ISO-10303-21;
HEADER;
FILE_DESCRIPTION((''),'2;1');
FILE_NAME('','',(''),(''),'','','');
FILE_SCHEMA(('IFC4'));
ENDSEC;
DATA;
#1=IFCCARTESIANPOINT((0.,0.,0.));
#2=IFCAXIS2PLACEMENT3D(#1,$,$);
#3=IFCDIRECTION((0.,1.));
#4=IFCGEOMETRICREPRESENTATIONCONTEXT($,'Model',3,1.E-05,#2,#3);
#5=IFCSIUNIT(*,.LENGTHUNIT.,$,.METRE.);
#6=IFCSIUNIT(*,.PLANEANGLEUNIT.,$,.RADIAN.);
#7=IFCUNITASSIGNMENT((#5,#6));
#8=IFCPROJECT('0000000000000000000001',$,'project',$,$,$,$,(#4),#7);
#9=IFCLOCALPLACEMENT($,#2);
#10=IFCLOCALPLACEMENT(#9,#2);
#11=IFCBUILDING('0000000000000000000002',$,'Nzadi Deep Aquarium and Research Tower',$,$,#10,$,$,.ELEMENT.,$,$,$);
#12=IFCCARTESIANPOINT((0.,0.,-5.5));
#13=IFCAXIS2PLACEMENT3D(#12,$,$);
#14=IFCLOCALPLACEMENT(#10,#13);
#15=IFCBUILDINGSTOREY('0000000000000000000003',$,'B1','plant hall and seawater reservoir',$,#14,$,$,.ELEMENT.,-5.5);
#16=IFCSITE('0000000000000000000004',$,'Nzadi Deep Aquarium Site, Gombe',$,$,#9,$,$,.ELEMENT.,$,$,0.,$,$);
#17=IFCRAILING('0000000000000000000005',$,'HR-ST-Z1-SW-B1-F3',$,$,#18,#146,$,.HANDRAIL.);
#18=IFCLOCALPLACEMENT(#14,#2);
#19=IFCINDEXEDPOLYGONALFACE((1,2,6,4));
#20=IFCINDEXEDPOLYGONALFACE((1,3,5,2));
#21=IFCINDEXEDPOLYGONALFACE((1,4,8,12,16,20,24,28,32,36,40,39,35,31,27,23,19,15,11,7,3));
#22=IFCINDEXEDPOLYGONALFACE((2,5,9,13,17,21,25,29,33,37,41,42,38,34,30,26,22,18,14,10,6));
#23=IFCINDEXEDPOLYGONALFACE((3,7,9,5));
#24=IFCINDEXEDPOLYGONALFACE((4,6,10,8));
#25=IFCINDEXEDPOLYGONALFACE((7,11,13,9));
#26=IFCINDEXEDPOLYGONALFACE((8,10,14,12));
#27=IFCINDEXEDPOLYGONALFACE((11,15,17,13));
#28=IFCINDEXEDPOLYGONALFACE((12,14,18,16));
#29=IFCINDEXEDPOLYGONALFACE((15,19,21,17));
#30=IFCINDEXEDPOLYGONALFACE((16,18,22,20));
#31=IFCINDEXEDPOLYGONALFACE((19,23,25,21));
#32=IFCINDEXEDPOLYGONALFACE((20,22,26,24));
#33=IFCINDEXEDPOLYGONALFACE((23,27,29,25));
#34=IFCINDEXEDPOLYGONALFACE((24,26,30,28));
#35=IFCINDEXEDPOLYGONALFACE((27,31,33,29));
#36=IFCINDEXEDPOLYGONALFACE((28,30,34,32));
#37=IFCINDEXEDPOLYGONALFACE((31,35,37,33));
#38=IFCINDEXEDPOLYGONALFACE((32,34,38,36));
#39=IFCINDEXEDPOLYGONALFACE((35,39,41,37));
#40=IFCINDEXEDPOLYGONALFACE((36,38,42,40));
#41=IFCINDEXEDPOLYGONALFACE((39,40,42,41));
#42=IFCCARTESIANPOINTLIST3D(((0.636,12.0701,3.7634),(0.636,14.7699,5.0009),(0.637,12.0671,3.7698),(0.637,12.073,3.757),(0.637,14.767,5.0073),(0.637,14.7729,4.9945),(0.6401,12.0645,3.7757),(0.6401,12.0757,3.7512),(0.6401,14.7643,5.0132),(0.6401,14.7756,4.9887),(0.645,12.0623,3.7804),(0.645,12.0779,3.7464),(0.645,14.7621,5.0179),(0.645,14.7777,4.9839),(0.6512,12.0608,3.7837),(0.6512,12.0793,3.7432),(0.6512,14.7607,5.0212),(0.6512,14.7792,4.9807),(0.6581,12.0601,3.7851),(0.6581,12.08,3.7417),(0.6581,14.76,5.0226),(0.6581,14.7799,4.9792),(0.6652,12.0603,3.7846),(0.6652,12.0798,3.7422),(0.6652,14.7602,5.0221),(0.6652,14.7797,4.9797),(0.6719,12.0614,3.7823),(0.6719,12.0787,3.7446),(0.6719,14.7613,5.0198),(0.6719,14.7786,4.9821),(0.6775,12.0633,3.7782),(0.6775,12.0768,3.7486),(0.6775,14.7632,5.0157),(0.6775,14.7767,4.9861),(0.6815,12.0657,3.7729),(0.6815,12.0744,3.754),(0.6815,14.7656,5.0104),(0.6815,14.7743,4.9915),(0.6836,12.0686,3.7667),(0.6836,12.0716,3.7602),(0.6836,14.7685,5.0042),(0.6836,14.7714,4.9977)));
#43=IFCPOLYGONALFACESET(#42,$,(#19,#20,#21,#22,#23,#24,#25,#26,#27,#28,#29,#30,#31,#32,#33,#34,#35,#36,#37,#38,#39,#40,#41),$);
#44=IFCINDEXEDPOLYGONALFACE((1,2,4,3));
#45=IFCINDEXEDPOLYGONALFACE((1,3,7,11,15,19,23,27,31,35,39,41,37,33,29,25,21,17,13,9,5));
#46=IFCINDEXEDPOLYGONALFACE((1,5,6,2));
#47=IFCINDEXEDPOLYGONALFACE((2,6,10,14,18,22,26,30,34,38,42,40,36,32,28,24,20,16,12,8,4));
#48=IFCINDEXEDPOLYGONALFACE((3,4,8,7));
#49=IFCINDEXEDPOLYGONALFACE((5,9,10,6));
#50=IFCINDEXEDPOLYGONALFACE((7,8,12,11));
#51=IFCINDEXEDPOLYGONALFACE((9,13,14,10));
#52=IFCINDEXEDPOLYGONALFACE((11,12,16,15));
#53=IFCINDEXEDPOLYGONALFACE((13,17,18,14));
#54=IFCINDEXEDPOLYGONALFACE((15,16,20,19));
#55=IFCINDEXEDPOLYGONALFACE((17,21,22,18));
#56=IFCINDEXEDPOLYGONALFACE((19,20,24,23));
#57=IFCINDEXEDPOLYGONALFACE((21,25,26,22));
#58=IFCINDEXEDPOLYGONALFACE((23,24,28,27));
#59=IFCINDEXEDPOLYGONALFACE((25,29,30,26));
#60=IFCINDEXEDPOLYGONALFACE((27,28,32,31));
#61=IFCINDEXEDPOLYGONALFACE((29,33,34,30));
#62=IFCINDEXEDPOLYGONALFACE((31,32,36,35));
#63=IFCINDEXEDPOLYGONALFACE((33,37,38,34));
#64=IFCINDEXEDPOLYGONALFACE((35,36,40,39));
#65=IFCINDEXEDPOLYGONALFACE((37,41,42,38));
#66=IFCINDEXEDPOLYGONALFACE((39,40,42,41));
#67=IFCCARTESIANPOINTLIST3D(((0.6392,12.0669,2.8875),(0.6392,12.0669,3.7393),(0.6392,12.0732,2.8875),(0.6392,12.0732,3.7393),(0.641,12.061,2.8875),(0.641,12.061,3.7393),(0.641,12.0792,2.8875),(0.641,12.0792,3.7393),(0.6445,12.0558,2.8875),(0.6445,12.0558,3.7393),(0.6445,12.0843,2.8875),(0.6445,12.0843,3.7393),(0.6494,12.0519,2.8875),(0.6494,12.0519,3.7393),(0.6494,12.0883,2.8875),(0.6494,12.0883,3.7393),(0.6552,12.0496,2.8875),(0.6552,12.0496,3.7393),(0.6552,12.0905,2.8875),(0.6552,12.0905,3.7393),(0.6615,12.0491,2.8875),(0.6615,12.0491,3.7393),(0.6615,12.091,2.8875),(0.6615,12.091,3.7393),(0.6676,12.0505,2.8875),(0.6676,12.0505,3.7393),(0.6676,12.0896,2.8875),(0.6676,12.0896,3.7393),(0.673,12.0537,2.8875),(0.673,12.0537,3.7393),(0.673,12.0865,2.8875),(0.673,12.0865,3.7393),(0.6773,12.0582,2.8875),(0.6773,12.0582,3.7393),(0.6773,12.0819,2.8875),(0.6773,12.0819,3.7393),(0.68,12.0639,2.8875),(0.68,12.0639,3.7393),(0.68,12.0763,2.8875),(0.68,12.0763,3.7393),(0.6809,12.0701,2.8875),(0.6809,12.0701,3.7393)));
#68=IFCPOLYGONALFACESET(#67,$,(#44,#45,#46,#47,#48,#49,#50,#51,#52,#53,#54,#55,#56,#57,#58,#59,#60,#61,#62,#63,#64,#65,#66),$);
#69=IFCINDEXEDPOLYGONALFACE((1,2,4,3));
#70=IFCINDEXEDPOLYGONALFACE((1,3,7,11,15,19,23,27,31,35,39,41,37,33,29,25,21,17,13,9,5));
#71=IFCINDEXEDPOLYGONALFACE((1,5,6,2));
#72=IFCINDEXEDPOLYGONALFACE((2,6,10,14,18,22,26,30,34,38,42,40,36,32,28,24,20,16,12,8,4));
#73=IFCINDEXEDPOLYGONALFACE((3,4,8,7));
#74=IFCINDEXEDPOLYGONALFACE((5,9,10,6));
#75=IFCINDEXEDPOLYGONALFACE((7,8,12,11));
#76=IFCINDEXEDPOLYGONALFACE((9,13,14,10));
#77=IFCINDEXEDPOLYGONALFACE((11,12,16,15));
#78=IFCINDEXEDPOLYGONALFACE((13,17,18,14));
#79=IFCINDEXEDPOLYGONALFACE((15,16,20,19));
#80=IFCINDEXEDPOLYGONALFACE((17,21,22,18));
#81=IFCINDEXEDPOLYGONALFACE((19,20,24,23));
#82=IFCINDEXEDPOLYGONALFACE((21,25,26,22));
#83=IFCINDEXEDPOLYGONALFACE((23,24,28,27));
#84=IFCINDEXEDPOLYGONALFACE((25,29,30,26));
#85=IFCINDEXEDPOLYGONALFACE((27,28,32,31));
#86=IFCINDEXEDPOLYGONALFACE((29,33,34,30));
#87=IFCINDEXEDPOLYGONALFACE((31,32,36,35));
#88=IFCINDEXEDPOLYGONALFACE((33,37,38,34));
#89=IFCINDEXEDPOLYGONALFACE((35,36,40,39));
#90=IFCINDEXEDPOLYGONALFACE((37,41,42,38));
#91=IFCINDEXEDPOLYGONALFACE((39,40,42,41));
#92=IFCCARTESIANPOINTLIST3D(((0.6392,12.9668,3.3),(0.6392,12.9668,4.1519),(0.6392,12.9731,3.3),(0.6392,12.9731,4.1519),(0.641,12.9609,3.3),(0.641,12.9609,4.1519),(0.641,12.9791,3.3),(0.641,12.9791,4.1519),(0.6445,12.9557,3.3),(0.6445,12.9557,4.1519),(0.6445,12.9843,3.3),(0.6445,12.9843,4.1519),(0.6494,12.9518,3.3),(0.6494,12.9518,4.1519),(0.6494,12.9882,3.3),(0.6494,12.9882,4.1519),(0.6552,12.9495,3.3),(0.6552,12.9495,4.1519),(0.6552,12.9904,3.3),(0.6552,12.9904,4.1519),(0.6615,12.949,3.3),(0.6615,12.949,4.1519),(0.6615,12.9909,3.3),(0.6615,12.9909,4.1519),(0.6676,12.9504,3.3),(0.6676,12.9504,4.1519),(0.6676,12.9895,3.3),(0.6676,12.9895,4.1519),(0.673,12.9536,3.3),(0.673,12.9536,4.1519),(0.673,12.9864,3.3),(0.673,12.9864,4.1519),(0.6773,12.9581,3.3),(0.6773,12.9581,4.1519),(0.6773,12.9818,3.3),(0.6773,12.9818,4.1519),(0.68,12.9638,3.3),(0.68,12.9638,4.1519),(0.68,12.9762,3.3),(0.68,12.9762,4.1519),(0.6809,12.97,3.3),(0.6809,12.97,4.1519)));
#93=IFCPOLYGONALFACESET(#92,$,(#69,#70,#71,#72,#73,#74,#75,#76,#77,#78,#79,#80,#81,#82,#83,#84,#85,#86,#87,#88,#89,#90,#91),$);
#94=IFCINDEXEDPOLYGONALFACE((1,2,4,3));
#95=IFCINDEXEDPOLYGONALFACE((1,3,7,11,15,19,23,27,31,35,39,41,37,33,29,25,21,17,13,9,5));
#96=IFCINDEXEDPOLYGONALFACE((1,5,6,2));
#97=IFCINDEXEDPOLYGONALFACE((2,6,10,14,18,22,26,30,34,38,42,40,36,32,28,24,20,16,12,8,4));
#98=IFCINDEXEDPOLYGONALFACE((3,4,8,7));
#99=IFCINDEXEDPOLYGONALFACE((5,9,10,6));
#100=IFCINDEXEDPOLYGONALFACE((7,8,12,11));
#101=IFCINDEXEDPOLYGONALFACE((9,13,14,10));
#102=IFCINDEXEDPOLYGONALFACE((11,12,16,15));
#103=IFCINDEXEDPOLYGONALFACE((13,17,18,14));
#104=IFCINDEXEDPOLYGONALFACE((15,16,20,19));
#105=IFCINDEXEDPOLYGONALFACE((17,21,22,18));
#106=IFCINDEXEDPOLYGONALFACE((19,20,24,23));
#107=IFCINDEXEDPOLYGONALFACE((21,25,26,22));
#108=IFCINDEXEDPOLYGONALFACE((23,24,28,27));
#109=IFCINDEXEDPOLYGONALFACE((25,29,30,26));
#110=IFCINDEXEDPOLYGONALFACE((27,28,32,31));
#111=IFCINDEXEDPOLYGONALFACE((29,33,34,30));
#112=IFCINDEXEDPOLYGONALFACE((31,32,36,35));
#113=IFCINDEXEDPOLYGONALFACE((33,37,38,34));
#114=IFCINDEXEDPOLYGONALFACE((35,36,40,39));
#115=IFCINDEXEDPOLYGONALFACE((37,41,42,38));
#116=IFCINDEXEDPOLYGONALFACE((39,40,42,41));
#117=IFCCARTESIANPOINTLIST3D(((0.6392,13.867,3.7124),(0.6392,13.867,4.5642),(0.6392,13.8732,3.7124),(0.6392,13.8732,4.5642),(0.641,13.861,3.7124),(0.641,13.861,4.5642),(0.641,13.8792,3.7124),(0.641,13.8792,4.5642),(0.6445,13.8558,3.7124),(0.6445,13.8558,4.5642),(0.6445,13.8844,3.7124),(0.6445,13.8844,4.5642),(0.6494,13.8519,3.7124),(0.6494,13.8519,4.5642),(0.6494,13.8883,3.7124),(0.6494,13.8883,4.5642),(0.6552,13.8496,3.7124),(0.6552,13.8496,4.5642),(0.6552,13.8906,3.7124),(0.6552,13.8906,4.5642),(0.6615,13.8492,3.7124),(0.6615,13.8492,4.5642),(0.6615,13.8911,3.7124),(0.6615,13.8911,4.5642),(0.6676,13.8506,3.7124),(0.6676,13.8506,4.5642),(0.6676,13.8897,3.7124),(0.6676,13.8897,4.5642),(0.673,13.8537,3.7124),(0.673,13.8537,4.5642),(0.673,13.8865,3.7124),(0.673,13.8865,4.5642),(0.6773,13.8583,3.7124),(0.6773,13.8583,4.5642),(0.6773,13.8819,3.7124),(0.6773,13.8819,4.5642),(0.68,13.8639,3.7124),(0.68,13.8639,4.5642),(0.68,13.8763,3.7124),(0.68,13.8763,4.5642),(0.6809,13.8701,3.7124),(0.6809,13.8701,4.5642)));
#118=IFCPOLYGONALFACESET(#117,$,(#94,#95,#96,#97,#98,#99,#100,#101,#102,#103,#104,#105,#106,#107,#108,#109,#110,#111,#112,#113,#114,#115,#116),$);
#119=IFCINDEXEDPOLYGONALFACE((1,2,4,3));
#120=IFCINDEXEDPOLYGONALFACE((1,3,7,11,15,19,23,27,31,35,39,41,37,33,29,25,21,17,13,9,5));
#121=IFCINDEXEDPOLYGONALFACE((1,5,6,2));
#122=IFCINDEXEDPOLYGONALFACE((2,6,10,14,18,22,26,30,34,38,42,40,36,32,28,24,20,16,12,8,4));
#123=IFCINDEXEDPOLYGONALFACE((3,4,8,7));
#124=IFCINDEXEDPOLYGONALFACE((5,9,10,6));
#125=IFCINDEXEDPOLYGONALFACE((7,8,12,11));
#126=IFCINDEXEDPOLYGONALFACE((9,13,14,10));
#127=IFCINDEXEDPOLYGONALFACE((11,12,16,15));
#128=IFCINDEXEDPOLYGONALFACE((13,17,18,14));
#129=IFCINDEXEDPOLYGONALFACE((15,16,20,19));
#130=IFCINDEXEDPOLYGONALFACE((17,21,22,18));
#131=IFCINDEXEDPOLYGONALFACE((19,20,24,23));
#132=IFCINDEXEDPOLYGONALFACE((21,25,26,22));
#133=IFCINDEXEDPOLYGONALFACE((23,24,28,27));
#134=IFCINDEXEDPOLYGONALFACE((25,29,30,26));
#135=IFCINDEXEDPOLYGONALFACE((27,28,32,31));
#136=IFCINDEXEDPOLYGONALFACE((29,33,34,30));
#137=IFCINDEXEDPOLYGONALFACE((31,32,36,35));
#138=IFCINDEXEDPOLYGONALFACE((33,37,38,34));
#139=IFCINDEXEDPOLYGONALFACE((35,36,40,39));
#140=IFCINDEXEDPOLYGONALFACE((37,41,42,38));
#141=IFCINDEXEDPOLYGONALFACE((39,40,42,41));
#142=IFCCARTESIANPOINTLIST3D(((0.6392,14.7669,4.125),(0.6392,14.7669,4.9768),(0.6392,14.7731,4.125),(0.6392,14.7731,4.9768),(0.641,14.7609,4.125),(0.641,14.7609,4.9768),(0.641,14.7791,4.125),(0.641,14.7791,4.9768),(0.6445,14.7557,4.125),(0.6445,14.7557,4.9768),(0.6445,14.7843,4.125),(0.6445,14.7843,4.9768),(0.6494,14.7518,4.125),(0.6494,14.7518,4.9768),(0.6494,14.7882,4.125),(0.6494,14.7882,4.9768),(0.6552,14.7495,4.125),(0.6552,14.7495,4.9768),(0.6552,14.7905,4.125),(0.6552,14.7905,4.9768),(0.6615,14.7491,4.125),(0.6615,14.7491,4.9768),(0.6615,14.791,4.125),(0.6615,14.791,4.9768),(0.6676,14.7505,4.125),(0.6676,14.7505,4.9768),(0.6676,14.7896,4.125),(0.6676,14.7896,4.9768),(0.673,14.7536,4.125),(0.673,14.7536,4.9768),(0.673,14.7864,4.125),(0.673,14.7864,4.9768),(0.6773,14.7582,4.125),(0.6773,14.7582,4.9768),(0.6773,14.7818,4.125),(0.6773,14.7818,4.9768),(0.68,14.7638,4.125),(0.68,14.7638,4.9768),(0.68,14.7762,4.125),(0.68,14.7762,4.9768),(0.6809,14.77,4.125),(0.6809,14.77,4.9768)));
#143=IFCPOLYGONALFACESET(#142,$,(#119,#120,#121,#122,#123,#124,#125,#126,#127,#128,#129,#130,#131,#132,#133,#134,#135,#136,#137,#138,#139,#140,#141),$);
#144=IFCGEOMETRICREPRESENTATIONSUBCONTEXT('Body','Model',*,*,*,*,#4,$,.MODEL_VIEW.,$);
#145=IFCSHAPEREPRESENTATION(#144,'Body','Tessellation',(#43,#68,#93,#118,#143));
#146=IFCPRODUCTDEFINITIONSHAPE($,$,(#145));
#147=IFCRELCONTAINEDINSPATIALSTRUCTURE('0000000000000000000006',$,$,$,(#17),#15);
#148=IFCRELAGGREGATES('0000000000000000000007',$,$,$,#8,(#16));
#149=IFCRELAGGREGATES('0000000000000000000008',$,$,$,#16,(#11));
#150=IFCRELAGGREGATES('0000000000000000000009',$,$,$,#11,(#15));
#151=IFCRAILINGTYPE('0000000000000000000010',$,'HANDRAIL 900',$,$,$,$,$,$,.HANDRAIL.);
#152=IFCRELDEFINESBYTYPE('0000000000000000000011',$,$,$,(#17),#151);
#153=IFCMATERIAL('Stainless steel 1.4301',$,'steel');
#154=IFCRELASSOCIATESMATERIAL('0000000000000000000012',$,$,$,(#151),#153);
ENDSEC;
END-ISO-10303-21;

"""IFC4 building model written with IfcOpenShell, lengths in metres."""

from ifc_helpers import new_model, si_unit, direction, frame, origin, origin_2d, place, context, subcontext, project, spatial, circle, extrude, material, type_object, element, save


model = new_model("IFC4")

# Units and contexts
model_context = context("Model", 3, precision=1e-05, world=origin(), true_north=direction((0.0, 1.0)))
body_context = subcontext(model_context, "Body", "Model", "MODEL_VIEW")
ifc_project = project(units=[si_unit("LENGTHUNIT", "METRE"), si_unit("PLANEANGLEUNIT", "RADIAN")], contexts=[model_context])

# Site, building, storey
site_placement = place(None, origin())
site = spatial("IfcSite", under=ifc_project, at=site_placement, Name="Nzadi Deep Aquarium Site, Gombe", CompositionType="ELEMENT", RefElevation=0.0)
building_placement = place(site_placement, origin())
building = spatial("IfcBuilding", under=site, at=building_placement, Name="Nzadi Deep Aquarium and Research Tower", CompositionType="ELEMENT")
storey_placement = place(building_placement, frame((0.0, 0.0, -5.5)))
storey = spatial("IfcBuildingStorey", under=building, at=storey_placement, Name="B1", Description="plant hall and seawater reservoir", CompositionType="ELEMENT", Elevation=-5.5)

# Railing
ifc_material_1 = material(Name="Stainless steel 1.4301", Category="steel")
railing_type = type_object("IfcRailingType", Name="HANDRAIL 900", PredefinedType="HANDRAIL", material=ifc_material_1)
for number, where, name in (
    (1, (0.6599, 12.0701, 2.8875), "HR-ST-Z1-SW-B1-F3"),
):
    element("IfcRailing", number, at=place(storey_placement, frame(where)), inside=storey, type_object=railing_type, Name=name, PredefinedType="HANDRAIL", context=body_context, shape_type="SweptSolid", body=[
        extrude(circle(Radius=0.0239, at=origin_2d()), frame((0.0, 0.0, 0.876), z_axis=(0.0, 0.909056, 0.416675), x_axis=(-1.0, 0.0, 0.0)), (0.0, 0.0, 1.0), 2.97),
        extrude(circle(Radius=0.021, at=origin_2d()), origin(), (0.0, 0.0, 1.0), 0.8518),
        extrude(circle(Radius=0.021, at=origin_2d()), frame((0.0, 0.8999, 0.4126)), (0.0, 0.0, 1.0), 0.8518),
        extrude(circle(Radius=0.021, at=origin_2d()), frame((0.0, 1.8, 0.825)), (0.0, 0.0, 1.0), 0.8518),
        extrude(circle(Radius=0.021, at=origin_2d()), frame((0.0, 2.7, 1.2375)), (0.0, 0.0, 1.0), 0.8518),
    ])

save(model, "model.ifc")
